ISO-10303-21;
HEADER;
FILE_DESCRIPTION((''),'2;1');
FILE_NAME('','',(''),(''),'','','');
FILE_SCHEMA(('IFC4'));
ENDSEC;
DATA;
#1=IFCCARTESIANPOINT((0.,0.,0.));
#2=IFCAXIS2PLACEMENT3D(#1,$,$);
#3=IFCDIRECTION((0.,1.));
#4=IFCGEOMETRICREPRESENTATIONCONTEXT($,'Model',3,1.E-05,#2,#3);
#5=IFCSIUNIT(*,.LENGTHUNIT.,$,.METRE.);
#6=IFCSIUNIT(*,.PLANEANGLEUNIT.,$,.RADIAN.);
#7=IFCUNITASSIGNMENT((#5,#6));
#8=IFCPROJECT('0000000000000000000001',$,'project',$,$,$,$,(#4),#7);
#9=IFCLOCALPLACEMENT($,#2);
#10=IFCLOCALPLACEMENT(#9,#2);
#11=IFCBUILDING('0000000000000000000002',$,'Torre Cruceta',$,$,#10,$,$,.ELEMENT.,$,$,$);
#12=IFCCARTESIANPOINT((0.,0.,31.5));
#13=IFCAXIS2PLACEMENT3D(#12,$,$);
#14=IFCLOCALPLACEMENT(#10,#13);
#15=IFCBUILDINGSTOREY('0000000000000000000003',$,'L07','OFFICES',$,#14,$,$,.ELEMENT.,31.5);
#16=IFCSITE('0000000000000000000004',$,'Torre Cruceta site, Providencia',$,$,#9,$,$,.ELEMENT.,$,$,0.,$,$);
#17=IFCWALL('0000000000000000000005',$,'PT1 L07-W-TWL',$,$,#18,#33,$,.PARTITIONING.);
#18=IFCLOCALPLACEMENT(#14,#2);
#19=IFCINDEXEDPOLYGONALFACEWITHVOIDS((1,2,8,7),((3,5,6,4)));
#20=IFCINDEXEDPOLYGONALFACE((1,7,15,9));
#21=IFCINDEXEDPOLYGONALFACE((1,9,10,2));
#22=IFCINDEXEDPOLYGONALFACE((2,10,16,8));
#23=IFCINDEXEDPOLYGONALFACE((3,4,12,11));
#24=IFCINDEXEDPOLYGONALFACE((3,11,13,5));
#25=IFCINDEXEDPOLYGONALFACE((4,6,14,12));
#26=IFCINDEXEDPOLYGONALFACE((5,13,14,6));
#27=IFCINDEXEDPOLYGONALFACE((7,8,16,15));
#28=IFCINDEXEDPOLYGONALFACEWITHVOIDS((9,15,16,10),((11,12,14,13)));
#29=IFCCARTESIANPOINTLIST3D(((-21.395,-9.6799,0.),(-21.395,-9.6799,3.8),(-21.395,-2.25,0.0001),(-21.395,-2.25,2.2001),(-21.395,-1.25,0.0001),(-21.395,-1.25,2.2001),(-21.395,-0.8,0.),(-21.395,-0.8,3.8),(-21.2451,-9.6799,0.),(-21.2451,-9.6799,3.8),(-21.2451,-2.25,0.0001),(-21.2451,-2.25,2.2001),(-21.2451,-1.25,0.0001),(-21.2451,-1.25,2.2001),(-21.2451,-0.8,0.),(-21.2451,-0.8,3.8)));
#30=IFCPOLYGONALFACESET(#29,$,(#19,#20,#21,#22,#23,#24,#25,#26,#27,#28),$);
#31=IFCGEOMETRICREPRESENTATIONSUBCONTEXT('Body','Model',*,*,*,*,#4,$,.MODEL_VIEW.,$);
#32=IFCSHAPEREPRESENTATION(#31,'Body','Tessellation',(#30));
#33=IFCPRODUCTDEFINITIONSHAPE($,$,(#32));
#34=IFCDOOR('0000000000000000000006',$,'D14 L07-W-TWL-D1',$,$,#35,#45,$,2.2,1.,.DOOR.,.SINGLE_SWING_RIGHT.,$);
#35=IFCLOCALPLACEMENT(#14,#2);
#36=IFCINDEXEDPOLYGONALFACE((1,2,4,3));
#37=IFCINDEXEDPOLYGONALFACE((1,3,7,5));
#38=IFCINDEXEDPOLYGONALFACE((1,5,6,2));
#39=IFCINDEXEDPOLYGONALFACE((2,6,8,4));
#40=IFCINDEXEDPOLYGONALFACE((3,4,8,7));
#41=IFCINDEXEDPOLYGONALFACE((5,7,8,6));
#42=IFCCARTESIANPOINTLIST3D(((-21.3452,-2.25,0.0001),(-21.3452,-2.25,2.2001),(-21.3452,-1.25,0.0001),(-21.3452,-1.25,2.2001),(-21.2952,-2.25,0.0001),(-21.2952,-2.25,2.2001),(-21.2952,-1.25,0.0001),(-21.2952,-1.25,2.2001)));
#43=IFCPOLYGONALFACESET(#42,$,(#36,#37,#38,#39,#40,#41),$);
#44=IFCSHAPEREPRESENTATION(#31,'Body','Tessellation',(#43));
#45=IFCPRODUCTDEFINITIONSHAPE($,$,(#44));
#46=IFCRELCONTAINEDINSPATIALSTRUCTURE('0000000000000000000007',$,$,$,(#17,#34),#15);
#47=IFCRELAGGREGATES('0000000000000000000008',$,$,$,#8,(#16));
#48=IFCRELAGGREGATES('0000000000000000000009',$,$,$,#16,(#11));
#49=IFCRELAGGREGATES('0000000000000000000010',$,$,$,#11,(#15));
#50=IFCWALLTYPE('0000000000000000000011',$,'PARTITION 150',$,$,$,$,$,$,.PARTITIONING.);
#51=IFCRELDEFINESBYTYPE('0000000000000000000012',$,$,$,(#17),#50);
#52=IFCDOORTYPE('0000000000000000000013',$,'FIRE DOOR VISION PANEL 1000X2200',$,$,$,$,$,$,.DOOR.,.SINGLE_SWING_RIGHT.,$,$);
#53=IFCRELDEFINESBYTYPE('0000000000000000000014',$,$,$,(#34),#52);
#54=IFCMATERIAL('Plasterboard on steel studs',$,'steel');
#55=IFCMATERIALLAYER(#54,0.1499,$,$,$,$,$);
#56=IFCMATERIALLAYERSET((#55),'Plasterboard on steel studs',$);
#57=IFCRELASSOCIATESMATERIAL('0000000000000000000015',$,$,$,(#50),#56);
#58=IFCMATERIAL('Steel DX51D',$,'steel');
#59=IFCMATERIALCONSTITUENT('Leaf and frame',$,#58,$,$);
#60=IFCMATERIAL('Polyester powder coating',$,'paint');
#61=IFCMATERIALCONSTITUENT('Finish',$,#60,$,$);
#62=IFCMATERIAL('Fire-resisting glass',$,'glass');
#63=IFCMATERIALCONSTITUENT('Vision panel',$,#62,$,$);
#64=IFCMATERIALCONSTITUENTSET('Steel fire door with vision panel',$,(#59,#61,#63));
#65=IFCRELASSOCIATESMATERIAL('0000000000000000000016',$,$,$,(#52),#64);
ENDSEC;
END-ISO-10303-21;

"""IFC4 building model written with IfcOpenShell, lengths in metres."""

from ifc_helpers import new_model, si_unit, direction, frame, frame_2d, origin, place, context, subcontext, project, spatial, rectangle, extrude, material, layer, layer_set, constituent, constituent_set, type_object, element, fill, save


model = new_model("IFC4")

# Units and contexts
model_context = context("Model", 3, precision=1e-05, world=origin(), true_north=direction((0.0, 1.0)))
body_context = subcontext(model_context, "Body", "Model", "MODEL_VIEW")
ifc_project = project(units=[si_unit("LENGTHUNIT", "METRE"), si_unit("PLANEANGLEUNIT", "RADIAN")], contexts=[model_context])

# Site, building, storey
site_placement = place(None, origin())
site = spatial("IfcSite", under=ifc_project, at=site_placement, Name="Torre Cruceta site, Providencia", CompositionType="ELEMENT", RefElevation=0.0)
building_placement = place(site_placement, origin())
building = spatial("IfcBuilding", under=site, at=building_placement, Name="Torre Cruceta", CompositionType="ELEMENT")
storey_placement = place(building_placement, frame((0.0, 0.0, 31.5)))
storey = spatial("IfcBuildingStorey", under=building, at=storey_placement, Name="L07", Description="OFFICES", CompositionType="ELEMENT", Elevation=31.5)

# Wall, opening, door
ifc_material_1 = material(Name="Plasterboard on steel studs", Category="steel")
ifc_layer_1 = layer(ifc_material_1, 0.1499)
ifc_layer_set_1 = layer_set([ifc_layer_1], Name="Plasterboard on steel studs")
wall_type_1 = type_object("IfcWallType", Name="PARTITION 150", PredefinedType="PARTITIONING", material=ifc_layer_set_1)
wall_1_placement = place(storey_placement, frame((-21.3201, -0.8, 0.0), z_axis=(0.0, 0.0, 1.0), x_axis=(0.0, -1.0, 0.0)))
wall_1 = element("IfcWall", 1, at=wall_1_placement, inside=storey, type_object=wall_type_1, Name="PT1 L07-W-TWL", PredefinedType="PARTITIONING", context=body_context, shape_type="SweptSolid", body=[
    extrude(rectangle(XDim=8.8799, YDim=0.1499, at=frame_2d((4.4399, 0.0))), origin(), (0.0, 0.0, 1.0), 3.8),
])
opening_1_placement = place(wall_1_placement, frame((0.45, 0.0, 0.0)))
opening_1 = element("IfcOpeningElement", 2, at=opening_1_placement, cuts=wall_1, PredefinedType="OPENING", context=body_context, shape_type="SweptSolid", body=[
    extrude(rectangle(XDim=1.0, YDim=2.2, at=frame_2d((0.5, 1.1001))), frame((0.0, 0.085, 0.0), z_axis=(0.0, -1.0, 0.0), x_axis=(1.0, 0.0, 0.0)), (0.0, 0.0, 1.0), 0.1699),
])
ifc_material_2 = material(Name="Steel DX51D", Category="steel")
ifc_constituent_1 = constituent(ifc_material_2, Name="Leaf and frame")
ifc_material_3 = material(Name="Polyester powder coating", Category="paint")
ifc_constituent_2 = constituent(ifc_material_3, Name="Finish")
ifc_material_4 = material(Name="Fire-resisting glass", Category="glass")
ifc_constituent_3 = constituent(ifc_material_4, Name="Vision panel")
ifc_constituent_set_1 = constituent_set(constituents=[ifc_constituent_1, ifc_constituent_2, ifc_constituent_3], Name="Steel fire door with vision panel")
door_type = type_object("IfcDoorType", Name="FIRE DOOR VISION PANEL 1000X2200", OperationType="SINGLE_SWING_RIGHT", PredefinedType="DOOR", material=ifc_constituent_set_1)
door_placement = place(opening_1_placement, frame((1.0, 0.0, 0.0), z_axis=(0.0, 0.0, 1.0), x_axis=(-1.0, 0.0, 0.0)))
door = element("IfcDoor", 3, at=door_placement, inside=storey, type_object=door_type, Name="D14 L07-W-TWL-D1", OperationType="SINGLE_SWING_RIGHT", OverallHeight=2.2, OverallWidth=1.0, PredefinedType="DOOR", context=body_context, shape_type="SweptSolid", body=[
    extrude(rectangle(XDim=1.0, YDim=2.2, at=frame_2d((0.5, 1.1001))), frame((0.0, 0.0251, 0.0), z_axis=(0.0, -1.0, 0.0), x_axis=(1.0, 0.0, 0.0)), (0.0, 0.0, 1.0), 0.05),
])
fill(opening_1, door)

save(model, "model.ifc")
